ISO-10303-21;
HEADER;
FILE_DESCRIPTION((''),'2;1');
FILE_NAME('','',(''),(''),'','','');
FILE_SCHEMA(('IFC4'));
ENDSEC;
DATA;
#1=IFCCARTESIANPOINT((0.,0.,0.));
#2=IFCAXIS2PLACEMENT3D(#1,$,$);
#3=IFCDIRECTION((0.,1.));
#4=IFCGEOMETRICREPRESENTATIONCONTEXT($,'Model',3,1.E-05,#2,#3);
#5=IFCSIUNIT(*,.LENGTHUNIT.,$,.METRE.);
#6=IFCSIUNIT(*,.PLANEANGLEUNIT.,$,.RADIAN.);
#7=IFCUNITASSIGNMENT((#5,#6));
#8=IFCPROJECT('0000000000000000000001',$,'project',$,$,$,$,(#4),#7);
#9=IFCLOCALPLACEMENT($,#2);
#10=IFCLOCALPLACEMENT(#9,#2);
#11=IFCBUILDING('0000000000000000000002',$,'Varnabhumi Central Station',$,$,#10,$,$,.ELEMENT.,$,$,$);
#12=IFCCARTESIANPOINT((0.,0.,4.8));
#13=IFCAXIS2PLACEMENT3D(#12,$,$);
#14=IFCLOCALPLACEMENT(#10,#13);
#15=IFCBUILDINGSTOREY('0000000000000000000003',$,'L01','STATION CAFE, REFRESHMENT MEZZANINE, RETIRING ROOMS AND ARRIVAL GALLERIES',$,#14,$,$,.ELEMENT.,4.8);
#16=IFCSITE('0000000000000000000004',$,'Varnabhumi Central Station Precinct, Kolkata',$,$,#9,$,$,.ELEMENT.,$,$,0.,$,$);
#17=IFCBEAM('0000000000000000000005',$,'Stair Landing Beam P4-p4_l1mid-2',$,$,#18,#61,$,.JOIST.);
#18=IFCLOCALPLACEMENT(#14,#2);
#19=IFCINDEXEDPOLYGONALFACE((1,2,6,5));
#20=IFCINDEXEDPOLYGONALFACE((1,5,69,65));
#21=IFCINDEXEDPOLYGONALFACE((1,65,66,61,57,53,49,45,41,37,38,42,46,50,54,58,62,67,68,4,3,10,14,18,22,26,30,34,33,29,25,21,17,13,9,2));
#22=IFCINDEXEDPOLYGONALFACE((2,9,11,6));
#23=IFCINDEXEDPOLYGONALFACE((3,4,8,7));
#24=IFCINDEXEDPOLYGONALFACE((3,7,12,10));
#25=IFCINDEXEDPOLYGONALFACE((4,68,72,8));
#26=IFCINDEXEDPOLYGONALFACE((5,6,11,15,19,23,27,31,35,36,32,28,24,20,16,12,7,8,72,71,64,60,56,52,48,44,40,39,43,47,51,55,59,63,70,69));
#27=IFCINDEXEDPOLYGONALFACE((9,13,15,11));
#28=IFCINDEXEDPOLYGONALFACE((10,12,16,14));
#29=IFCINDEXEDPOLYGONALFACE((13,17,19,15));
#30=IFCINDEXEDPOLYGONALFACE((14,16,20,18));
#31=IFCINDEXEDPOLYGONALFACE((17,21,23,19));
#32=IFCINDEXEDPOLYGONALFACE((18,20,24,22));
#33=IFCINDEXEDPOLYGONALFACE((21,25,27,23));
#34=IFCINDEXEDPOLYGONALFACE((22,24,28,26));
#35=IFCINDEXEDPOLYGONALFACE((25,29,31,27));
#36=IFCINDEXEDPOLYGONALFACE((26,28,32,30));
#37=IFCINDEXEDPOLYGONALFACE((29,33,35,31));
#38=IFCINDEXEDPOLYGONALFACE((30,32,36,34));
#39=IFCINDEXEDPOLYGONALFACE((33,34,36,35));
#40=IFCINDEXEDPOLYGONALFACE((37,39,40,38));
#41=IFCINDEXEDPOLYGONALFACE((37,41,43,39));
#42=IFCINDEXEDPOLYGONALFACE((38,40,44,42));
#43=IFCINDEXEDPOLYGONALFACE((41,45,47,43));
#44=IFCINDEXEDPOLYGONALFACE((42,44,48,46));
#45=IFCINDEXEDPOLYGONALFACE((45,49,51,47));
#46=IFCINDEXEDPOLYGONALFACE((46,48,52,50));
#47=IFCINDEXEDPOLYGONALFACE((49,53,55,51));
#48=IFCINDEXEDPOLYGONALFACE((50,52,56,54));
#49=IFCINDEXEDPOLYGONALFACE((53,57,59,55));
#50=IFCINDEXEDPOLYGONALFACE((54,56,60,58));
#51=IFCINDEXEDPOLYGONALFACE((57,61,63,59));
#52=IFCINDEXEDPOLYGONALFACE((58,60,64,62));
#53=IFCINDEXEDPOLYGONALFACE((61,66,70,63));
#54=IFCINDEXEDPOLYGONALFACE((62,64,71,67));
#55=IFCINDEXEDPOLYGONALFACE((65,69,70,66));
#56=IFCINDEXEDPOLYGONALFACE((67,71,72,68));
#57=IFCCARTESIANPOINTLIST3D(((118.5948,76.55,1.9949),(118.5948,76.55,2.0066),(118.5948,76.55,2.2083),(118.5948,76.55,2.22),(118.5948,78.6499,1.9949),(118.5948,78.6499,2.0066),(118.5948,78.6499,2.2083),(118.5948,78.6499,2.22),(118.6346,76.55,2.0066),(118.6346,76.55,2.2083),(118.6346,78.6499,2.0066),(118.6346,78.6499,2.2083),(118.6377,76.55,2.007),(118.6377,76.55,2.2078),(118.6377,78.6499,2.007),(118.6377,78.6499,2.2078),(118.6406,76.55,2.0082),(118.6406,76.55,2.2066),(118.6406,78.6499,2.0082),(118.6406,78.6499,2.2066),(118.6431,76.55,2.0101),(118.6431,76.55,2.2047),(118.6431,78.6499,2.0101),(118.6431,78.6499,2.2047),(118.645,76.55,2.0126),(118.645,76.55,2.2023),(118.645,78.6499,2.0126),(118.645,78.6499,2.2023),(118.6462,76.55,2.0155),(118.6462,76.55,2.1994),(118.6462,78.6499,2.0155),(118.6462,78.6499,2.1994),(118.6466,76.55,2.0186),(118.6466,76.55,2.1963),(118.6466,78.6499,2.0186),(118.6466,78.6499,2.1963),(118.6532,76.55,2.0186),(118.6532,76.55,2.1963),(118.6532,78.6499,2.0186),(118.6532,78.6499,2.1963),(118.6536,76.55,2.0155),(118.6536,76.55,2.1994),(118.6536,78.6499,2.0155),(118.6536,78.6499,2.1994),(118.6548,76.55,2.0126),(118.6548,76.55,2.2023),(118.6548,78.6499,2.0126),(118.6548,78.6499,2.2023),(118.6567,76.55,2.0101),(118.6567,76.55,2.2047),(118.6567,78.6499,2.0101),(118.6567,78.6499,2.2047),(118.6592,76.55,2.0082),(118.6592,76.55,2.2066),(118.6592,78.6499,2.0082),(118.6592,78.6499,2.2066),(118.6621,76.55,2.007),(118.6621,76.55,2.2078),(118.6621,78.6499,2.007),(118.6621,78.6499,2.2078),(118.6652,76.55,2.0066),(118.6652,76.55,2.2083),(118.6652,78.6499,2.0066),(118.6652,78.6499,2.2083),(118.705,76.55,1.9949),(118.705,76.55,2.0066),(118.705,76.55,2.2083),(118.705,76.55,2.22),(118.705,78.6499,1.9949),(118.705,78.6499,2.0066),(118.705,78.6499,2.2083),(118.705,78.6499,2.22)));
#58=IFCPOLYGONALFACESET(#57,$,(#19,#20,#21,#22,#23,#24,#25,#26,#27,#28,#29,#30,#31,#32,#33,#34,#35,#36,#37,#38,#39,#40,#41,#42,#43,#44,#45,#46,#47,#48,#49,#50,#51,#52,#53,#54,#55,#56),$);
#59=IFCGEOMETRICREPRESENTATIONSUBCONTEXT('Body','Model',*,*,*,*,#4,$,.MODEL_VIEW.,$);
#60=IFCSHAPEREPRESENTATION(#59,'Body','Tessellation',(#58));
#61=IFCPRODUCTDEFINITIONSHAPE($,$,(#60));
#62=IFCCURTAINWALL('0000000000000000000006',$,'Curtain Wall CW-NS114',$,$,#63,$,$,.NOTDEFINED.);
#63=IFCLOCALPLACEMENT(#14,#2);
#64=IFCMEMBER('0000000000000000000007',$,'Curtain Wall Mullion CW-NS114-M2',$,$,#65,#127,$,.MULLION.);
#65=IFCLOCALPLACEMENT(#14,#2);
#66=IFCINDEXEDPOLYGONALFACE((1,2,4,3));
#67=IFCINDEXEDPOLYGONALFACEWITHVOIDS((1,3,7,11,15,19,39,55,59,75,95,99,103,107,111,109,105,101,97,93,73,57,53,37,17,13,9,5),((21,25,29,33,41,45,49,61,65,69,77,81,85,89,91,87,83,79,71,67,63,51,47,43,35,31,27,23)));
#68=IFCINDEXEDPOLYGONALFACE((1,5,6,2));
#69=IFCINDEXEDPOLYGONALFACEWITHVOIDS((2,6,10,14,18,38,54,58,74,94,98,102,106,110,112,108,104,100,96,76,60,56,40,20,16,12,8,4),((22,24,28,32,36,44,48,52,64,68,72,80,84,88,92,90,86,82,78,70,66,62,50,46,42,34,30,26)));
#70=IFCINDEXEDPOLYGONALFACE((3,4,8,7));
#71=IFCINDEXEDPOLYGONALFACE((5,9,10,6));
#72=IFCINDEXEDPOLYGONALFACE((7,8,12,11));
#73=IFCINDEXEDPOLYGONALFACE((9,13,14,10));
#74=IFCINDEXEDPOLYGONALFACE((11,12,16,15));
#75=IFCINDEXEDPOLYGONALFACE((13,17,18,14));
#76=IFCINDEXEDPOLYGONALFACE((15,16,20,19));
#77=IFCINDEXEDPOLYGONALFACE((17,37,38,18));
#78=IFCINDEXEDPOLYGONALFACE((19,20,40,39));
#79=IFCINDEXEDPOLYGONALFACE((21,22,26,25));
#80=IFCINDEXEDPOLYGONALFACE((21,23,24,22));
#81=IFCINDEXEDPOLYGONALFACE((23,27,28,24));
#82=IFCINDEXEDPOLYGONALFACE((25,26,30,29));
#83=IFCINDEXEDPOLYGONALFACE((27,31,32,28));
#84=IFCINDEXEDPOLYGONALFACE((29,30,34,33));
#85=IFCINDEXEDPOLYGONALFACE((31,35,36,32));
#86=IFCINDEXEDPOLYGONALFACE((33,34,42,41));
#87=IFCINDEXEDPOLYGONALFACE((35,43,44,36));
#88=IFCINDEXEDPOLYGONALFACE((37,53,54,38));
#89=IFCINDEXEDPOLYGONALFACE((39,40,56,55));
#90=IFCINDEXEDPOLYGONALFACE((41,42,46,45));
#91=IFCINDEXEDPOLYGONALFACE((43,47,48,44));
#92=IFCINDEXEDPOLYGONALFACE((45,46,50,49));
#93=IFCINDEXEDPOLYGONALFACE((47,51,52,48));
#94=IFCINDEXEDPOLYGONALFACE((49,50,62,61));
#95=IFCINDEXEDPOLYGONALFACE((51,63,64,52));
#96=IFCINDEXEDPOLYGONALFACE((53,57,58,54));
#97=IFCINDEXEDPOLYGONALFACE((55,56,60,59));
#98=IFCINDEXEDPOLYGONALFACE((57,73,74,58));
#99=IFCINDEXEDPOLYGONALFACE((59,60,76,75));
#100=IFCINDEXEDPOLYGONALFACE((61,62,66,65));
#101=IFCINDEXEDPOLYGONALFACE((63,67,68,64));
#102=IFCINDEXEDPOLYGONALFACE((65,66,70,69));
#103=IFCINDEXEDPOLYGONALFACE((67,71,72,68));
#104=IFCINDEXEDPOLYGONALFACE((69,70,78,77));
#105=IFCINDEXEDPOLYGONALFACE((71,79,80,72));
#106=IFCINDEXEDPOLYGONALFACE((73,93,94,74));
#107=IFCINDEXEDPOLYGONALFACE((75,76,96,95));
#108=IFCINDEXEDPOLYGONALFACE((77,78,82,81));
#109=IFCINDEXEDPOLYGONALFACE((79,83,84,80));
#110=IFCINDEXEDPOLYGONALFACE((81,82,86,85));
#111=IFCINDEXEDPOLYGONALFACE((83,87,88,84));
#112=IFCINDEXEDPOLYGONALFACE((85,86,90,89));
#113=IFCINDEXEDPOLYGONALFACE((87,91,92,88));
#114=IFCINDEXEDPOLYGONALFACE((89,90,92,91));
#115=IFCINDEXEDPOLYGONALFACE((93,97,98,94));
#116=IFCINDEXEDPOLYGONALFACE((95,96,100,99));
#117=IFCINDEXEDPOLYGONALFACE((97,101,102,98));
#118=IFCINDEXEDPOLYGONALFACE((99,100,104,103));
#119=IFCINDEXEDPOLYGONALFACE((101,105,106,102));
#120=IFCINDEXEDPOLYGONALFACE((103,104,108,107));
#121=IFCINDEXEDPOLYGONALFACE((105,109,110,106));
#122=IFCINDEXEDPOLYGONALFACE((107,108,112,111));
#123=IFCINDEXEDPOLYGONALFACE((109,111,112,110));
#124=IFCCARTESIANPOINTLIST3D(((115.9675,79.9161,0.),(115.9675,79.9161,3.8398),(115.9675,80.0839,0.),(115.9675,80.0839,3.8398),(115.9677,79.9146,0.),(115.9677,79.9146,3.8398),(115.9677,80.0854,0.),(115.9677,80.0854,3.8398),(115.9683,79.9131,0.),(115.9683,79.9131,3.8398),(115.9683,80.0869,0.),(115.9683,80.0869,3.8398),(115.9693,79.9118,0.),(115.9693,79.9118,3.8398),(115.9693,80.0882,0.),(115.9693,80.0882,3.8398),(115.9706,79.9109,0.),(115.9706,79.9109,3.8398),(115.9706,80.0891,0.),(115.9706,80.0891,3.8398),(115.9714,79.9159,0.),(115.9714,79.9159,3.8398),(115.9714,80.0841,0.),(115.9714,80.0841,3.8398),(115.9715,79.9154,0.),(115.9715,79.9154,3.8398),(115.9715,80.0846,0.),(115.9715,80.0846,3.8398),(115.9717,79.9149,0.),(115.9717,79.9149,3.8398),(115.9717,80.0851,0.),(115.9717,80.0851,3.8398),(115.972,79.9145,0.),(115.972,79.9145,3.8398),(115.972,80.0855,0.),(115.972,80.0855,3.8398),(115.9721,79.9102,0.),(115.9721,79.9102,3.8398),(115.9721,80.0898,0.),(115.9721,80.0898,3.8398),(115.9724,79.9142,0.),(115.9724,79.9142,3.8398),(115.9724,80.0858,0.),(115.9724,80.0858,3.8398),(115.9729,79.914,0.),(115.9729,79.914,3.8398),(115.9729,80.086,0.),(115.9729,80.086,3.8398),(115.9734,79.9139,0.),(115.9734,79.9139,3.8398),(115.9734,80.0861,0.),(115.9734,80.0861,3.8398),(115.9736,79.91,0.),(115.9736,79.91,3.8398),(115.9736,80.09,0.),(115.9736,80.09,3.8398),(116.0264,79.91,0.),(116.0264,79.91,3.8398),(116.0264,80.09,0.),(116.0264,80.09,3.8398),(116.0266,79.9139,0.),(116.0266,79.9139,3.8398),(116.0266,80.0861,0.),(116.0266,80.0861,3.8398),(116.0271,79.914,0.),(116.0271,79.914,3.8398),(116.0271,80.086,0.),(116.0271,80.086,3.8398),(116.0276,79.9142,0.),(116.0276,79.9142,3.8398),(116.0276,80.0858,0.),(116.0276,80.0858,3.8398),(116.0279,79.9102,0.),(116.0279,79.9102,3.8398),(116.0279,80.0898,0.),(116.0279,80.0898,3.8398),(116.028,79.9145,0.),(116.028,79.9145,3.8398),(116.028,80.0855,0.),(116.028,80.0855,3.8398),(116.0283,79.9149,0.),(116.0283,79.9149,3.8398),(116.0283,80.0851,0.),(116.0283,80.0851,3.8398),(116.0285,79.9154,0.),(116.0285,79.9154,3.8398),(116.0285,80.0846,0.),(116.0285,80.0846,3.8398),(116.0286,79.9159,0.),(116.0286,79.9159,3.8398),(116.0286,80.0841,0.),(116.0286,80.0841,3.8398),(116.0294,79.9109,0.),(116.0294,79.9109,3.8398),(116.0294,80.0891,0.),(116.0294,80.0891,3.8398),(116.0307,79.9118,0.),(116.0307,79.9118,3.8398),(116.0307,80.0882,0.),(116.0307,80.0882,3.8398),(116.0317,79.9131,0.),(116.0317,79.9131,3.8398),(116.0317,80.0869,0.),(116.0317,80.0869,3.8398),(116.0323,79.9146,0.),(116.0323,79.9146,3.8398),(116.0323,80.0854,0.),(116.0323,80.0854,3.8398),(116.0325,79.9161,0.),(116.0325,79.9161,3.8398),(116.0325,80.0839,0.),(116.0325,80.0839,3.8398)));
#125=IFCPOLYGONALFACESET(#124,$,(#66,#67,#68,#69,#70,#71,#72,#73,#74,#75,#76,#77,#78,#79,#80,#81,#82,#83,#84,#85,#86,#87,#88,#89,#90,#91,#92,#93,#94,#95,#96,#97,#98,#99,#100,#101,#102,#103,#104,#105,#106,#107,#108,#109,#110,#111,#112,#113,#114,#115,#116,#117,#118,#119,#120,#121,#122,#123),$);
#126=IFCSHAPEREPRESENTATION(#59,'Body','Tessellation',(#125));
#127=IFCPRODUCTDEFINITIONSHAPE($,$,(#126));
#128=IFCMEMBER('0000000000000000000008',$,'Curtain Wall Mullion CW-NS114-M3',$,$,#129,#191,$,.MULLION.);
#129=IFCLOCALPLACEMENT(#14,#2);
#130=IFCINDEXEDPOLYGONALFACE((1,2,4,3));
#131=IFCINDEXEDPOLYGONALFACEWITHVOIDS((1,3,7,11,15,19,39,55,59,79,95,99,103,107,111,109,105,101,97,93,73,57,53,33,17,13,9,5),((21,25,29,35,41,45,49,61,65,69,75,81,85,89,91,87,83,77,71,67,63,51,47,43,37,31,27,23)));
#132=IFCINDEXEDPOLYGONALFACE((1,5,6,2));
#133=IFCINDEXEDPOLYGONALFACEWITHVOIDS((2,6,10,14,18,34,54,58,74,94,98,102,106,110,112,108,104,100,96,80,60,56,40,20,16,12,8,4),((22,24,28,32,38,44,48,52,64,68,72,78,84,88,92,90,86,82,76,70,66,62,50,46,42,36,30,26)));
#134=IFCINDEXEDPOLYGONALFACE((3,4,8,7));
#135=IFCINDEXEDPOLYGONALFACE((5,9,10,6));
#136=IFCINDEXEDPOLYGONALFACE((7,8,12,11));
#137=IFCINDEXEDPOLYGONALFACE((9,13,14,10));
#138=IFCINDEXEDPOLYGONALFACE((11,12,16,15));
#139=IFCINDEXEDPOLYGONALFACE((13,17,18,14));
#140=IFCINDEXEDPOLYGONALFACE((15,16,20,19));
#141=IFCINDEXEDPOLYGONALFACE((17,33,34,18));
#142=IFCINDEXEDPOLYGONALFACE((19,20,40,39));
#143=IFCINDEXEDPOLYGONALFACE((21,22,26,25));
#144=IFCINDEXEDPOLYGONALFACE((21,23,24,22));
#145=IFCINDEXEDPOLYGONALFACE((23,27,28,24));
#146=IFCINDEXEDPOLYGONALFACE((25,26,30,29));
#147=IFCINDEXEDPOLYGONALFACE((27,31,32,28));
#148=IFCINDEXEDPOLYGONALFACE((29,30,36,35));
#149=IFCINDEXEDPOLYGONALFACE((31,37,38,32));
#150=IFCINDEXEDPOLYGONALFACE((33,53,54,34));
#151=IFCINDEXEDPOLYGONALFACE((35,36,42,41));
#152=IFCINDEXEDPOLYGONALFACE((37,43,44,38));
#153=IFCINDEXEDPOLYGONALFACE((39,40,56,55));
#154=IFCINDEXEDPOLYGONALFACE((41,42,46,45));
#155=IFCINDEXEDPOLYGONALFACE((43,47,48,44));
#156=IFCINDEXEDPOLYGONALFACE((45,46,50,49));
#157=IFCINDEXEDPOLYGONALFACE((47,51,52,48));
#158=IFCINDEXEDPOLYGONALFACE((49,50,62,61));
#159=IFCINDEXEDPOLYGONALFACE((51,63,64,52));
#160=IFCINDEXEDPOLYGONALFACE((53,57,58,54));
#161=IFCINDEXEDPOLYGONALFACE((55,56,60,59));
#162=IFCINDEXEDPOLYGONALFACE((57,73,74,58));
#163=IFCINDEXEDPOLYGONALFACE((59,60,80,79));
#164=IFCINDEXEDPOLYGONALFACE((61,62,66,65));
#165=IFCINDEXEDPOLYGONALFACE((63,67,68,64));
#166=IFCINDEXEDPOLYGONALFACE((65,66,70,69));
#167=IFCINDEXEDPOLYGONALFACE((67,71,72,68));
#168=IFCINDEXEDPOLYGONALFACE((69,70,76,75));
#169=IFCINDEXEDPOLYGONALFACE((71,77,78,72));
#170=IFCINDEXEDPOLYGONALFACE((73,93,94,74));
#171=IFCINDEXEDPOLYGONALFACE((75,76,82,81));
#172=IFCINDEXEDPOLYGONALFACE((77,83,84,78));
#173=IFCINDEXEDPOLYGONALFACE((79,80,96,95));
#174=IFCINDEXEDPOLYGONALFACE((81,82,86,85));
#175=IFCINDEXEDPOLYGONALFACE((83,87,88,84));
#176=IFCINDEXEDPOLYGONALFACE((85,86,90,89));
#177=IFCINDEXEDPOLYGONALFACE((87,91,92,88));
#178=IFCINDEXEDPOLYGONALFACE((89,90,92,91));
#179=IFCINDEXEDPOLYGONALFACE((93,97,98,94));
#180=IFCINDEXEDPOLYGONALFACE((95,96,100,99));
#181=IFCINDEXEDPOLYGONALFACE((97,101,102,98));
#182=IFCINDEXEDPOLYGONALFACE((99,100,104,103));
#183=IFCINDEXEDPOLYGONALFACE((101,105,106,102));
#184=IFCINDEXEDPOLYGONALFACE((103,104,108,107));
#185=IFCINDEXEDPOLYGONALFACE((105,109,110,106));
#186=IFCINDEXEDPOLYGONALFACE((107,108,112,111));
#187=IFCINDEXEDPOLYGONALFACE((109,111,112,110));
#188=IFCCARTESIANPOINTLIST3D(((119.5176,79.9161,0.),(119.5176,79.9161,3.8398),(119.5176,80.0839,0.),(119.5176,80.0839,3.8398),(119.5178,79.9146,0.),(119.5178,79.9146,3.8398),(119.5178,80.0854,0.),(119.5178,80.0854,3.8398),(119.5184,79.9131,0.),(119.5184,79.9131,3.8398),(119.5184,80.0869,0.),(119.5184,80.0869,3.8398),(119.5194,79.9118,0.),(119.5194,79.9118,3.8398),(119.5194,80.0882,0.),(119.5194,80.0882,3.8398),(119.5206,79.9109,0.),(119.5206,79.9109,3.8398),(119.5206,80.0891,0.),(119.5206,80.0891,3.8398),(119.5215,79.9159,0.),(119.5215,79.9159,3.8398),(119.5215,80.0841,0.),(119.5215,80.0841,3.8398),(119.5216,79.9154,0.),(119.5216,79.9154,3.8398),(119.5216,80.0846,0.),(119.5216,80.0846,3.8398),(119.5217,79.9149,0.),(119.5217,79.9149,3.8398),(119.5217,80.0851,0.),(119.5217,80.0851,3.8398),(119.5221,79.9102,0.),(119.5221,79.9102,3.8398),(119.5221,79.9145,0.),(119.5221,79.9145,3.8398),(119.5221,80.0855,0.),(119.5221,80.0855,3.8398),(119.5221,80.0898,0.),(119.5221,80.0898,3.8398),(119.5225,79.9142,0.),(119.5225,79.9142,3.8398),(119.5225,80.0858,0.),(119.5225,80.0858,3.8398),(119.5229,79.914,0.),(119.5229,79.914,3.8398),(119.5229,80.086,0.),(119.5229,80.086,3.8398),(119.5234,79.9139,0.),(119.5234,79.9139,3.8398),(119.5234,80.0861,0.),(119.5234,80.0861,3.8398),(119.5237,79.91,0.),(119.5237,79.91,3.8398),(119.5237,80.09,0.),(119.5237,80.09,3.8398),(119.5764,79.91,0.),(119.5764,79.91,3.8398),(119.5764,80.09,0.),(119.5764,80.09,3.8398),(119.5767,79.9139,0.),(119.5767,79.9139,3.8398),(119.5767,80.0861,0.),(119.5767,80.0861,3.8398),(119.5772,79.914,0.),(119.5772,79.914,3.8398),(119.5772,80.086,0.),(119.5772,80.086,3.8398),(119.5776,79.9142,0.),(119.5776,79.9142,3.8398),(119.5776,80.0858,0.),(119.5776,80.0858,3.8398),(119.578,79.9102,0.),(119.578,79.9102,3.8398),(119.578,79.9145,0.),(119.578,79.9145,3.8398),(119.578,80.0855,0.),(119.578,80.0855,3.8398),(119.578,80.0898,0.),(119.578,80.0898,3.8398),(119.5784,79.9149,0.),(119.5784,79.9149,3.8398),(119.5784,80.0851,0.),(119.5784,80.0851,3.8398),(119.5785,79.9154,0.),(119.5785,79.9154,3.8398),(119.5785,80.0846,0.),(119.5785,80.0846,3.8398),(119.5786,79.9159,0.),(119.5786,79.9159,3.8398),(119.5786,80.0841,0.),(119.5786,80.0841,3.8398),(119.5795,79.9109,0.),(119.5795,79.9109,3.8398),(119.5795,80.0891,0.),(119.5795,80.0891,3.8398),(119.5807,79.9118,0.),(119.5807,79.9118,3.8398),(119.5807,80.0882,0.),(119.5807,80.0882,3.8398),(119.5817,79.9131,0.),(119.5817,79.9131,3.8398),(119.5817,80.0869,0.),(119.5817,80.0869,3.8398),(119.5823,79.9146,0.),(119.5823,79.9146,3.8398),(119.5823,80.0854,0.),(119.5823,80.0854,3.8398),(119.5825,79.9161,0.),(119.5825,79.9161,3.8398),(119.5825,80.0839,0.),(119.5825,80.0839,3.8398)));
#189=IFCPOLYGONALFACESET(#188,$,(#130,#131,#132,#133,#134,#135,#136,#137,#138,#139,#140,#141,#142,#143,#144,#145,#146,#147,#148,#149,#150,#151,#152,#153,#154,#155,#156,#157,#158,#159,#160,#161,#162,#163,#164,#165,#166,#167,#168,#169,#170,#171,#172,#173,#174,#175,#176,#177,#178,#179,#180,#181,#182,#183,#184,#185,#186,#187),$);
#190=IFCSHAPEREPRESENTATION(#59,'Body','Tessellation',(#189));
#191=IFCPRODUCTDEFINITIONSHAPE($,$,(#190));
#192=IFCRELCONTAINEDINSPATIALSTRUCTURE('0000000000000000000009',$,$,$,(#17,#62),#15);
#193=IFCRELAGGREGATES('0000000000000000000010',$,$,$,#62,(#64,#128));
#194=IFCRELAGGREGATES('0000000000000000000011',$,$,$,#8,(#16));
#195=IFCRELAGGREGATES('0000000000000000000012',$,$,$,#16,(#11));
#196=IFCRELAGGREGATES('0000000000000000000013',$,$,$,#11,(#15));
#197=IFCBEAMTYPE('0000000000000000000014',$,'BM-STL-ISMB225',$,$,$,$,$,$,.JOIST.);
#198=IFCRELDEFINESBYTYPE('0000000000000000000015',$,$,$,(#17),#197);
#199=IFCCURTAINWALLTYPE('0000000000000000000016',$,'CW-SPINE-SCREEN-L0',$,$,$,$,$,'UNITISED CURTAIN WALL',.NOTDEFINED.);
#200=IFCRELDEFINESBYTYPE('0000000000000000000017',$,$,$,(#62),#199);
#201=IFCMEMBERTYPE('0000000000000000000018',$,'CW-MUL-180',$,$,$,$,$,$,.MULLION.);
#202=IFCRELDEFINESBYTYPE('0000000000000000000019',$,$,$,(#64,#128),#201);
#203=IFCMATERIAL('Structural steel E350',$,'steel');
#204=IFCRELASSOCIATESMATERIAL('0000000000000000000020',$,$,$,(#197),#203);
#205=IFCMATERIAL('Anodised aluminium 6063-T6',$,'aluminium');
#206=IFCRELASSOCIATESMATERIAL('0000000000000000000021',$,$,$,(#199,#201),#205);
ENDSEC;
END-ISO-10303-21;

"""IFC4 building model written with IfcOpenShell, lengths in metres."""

from ifc_helpers import new_model, si_unit, direction, frame, origin, origin_2d, place, context, subcontext, project, spatial, hollow_rectangle, i_section, extrude, material, material_profile, profile_set, type_object, element, aggregate, save


model = new_model("IFC4")

# Units and contexts
model_context = context("Model", 3, precision=1e-05, world=origin(), true_north=direction((0.0, 1.0)))
body_context = subcontext(model_context, "Body", "Model", "MODEL_VIEW")
ifc_project = project(units=[si_unit("LENGTHUNIT", "METRE"), si_unit("PLANEANGLEUNIT", "RADIAN")], contexts=[model_context])

# Site, building, storey
site_placement = place(None, origin())
site = spatial("IfcSite", under=ifc_project, at=site_placement, Name="Varnabhumi Central Station Precinct, Kolkata", CompositionType="ELEMENT", RefElevation=0.0)
building_placement = place(site_placement, origin())
building = spatial("IfcBuilding", under=site, at=building_placement, Name="Varnabhumi Central Station", CompositionType="ELEMENT")
storey_placement = place(building_placement, frame((0.0, 0.0, 4.8)))
storey = spatial("IfcBuildingStorey", under=building, at=storey_placement, Name="L01", Description="STATION CAFE, REFRESHMENT MEZZANINE, RETIRING ROOMS AND ARRIVAL GALLERIES", CompositionType="ELEMENT", Elevation=4.8)

# Beam
ifc_material_1 = material(Name="Structural steel E350", Category="steel")
ifc_material_profile_1 = material_profile(ifc_material_1, i_section(OverallWidth=0.1101, OverallDepth=0.2251, WebThickness=0.0066, FlangeThickness=0.0117, FilletRadius=0.012, at=origin_2d()), Name="Structural steel E350", Category="steel")
ifc_profile_set_1 = profile_set([ifc_material_profile_1], Name="Structural steel E350")
beam_type_1 = type_object("IfcBeamType", Name="BM-STL-ISMB225", PredefinedType="JOIST", material=ifc_profile_set_1)
for number, where, z_axis, x_axis, name in (
    (1, (118.6499, 76.55, 2.1074), (0.0, 1.0, 0.0), (-1.0, 0.0, 0.0), "Stair Landing Beam P4-p4_l1mid-2"),
):
    element("IfcBeam", number, at=place(storey_placement, frame(where, z_axis=z_axis, x_axis=x_axis)), inside=storey, type_object=beam_type_1, Name=name, PredefinedType="JOIST", context=body_context, shape_type="SweptSolid", body=[
        extrude(i_section(OverallWidth=0.1101, OverallDepth=0.2251, WebThickness=0.0066, FlangeThickness=0.0117, FilletRadius=0.012, at=origin_2d()), origin(), (0.0, 0.0, 1.0), 2.0999),
    ])

# Curtain wall, members
ifc_material_2 = material(Name="Anodised aluminium 6063-T6", Category="aluminium")
curtain_wall_type_1 = type_object("IfcCurtainWallType", Name="CW-SPINE-SCREEN-L0", ElementType="UNITISED CURTAIN WALL", PredefinedType="NOTDEFINED", material=ifc_material_2)
curtain_wall_1_placement = place(storey_placement, origin())
curtain_wall_1 = element("IfcCurtainWall", 2, at=curtain_wall_1_placement, inside=storey, type_object=curtain_wall_type_1, Name="Curtain Wall CW-NS114", PredefinedType="NOTDEFINED")
ifc_material_profile_2 = material_profile(ifc_material_2, hollow_rectangle(XDim=0.0649, YDim=0.1799, WallThickness=0.0039, InnerFilletRadius=0.002, OuterFilletRadius=0.0061, at=origin_2d()), Name="Anodised aluminium 6063-T6", Category="aluminium")
ifc_profile_set_2 = profile_set([ifc_material_profile_2], Name="Anodised aluminium 6063-T6")
member_type_1 = type_object("IfcMemberType", Name="CW-MUL-180", PredefinedType="MULLION", material=ifc_profile_set_2)
member_1_placement = place(storey_placement, frame((116.0, 80.0, 0.0), z_axis=(0.0, 0.0, 1.0), x_axis=(1.0, 0.0, 0.0)))
member_1 = element("IfcMember", 3, at=member_1_placement, type_object=member_type_1, Name="Curtain Wall Mullion CW-NS114-M2", PredefinedType="MULLION", context=body_context, shape_type="SweptSolid", body=[
    extrude(hollow_rectangle(XDim=0.0649, YDim=0.1799, WallThickness=0.0039, InnerFilletRadius=0.002, OuterFilletRadius=0.0061, at=origin_2d()), origin(), (0.0, 0.0, 1.0), 3.8398),
])
member_2_placement = place(storey_placement, frame((119.55, 80.0, 0.0), z_axis=(0.0, 0.0, 1.0), x_axis=(1.0, 0.0, 0.0)))
member_2 = element("IfcMember", 4, at=member_2_placement, type_object=member_type_1, Name="Curtain Wall Mullion CW-NS114-M3", PredefinedType="MULLION", context=body_context, shape_type="SweptSolid", body=[
    extrude(hollow_rectangle(XDim=0.0649, YDim=0.1799, WallThickness=0.0039, InnerFilletRadius=0.002, OuterFilletRadius=0.0061, at=origin_2d()), origin(), (0.0, 0.0, 1.0), 3.8398),
])

aggregate(curtain_wall_1, [member_1, member_2])

save(model, "model.ifc")
